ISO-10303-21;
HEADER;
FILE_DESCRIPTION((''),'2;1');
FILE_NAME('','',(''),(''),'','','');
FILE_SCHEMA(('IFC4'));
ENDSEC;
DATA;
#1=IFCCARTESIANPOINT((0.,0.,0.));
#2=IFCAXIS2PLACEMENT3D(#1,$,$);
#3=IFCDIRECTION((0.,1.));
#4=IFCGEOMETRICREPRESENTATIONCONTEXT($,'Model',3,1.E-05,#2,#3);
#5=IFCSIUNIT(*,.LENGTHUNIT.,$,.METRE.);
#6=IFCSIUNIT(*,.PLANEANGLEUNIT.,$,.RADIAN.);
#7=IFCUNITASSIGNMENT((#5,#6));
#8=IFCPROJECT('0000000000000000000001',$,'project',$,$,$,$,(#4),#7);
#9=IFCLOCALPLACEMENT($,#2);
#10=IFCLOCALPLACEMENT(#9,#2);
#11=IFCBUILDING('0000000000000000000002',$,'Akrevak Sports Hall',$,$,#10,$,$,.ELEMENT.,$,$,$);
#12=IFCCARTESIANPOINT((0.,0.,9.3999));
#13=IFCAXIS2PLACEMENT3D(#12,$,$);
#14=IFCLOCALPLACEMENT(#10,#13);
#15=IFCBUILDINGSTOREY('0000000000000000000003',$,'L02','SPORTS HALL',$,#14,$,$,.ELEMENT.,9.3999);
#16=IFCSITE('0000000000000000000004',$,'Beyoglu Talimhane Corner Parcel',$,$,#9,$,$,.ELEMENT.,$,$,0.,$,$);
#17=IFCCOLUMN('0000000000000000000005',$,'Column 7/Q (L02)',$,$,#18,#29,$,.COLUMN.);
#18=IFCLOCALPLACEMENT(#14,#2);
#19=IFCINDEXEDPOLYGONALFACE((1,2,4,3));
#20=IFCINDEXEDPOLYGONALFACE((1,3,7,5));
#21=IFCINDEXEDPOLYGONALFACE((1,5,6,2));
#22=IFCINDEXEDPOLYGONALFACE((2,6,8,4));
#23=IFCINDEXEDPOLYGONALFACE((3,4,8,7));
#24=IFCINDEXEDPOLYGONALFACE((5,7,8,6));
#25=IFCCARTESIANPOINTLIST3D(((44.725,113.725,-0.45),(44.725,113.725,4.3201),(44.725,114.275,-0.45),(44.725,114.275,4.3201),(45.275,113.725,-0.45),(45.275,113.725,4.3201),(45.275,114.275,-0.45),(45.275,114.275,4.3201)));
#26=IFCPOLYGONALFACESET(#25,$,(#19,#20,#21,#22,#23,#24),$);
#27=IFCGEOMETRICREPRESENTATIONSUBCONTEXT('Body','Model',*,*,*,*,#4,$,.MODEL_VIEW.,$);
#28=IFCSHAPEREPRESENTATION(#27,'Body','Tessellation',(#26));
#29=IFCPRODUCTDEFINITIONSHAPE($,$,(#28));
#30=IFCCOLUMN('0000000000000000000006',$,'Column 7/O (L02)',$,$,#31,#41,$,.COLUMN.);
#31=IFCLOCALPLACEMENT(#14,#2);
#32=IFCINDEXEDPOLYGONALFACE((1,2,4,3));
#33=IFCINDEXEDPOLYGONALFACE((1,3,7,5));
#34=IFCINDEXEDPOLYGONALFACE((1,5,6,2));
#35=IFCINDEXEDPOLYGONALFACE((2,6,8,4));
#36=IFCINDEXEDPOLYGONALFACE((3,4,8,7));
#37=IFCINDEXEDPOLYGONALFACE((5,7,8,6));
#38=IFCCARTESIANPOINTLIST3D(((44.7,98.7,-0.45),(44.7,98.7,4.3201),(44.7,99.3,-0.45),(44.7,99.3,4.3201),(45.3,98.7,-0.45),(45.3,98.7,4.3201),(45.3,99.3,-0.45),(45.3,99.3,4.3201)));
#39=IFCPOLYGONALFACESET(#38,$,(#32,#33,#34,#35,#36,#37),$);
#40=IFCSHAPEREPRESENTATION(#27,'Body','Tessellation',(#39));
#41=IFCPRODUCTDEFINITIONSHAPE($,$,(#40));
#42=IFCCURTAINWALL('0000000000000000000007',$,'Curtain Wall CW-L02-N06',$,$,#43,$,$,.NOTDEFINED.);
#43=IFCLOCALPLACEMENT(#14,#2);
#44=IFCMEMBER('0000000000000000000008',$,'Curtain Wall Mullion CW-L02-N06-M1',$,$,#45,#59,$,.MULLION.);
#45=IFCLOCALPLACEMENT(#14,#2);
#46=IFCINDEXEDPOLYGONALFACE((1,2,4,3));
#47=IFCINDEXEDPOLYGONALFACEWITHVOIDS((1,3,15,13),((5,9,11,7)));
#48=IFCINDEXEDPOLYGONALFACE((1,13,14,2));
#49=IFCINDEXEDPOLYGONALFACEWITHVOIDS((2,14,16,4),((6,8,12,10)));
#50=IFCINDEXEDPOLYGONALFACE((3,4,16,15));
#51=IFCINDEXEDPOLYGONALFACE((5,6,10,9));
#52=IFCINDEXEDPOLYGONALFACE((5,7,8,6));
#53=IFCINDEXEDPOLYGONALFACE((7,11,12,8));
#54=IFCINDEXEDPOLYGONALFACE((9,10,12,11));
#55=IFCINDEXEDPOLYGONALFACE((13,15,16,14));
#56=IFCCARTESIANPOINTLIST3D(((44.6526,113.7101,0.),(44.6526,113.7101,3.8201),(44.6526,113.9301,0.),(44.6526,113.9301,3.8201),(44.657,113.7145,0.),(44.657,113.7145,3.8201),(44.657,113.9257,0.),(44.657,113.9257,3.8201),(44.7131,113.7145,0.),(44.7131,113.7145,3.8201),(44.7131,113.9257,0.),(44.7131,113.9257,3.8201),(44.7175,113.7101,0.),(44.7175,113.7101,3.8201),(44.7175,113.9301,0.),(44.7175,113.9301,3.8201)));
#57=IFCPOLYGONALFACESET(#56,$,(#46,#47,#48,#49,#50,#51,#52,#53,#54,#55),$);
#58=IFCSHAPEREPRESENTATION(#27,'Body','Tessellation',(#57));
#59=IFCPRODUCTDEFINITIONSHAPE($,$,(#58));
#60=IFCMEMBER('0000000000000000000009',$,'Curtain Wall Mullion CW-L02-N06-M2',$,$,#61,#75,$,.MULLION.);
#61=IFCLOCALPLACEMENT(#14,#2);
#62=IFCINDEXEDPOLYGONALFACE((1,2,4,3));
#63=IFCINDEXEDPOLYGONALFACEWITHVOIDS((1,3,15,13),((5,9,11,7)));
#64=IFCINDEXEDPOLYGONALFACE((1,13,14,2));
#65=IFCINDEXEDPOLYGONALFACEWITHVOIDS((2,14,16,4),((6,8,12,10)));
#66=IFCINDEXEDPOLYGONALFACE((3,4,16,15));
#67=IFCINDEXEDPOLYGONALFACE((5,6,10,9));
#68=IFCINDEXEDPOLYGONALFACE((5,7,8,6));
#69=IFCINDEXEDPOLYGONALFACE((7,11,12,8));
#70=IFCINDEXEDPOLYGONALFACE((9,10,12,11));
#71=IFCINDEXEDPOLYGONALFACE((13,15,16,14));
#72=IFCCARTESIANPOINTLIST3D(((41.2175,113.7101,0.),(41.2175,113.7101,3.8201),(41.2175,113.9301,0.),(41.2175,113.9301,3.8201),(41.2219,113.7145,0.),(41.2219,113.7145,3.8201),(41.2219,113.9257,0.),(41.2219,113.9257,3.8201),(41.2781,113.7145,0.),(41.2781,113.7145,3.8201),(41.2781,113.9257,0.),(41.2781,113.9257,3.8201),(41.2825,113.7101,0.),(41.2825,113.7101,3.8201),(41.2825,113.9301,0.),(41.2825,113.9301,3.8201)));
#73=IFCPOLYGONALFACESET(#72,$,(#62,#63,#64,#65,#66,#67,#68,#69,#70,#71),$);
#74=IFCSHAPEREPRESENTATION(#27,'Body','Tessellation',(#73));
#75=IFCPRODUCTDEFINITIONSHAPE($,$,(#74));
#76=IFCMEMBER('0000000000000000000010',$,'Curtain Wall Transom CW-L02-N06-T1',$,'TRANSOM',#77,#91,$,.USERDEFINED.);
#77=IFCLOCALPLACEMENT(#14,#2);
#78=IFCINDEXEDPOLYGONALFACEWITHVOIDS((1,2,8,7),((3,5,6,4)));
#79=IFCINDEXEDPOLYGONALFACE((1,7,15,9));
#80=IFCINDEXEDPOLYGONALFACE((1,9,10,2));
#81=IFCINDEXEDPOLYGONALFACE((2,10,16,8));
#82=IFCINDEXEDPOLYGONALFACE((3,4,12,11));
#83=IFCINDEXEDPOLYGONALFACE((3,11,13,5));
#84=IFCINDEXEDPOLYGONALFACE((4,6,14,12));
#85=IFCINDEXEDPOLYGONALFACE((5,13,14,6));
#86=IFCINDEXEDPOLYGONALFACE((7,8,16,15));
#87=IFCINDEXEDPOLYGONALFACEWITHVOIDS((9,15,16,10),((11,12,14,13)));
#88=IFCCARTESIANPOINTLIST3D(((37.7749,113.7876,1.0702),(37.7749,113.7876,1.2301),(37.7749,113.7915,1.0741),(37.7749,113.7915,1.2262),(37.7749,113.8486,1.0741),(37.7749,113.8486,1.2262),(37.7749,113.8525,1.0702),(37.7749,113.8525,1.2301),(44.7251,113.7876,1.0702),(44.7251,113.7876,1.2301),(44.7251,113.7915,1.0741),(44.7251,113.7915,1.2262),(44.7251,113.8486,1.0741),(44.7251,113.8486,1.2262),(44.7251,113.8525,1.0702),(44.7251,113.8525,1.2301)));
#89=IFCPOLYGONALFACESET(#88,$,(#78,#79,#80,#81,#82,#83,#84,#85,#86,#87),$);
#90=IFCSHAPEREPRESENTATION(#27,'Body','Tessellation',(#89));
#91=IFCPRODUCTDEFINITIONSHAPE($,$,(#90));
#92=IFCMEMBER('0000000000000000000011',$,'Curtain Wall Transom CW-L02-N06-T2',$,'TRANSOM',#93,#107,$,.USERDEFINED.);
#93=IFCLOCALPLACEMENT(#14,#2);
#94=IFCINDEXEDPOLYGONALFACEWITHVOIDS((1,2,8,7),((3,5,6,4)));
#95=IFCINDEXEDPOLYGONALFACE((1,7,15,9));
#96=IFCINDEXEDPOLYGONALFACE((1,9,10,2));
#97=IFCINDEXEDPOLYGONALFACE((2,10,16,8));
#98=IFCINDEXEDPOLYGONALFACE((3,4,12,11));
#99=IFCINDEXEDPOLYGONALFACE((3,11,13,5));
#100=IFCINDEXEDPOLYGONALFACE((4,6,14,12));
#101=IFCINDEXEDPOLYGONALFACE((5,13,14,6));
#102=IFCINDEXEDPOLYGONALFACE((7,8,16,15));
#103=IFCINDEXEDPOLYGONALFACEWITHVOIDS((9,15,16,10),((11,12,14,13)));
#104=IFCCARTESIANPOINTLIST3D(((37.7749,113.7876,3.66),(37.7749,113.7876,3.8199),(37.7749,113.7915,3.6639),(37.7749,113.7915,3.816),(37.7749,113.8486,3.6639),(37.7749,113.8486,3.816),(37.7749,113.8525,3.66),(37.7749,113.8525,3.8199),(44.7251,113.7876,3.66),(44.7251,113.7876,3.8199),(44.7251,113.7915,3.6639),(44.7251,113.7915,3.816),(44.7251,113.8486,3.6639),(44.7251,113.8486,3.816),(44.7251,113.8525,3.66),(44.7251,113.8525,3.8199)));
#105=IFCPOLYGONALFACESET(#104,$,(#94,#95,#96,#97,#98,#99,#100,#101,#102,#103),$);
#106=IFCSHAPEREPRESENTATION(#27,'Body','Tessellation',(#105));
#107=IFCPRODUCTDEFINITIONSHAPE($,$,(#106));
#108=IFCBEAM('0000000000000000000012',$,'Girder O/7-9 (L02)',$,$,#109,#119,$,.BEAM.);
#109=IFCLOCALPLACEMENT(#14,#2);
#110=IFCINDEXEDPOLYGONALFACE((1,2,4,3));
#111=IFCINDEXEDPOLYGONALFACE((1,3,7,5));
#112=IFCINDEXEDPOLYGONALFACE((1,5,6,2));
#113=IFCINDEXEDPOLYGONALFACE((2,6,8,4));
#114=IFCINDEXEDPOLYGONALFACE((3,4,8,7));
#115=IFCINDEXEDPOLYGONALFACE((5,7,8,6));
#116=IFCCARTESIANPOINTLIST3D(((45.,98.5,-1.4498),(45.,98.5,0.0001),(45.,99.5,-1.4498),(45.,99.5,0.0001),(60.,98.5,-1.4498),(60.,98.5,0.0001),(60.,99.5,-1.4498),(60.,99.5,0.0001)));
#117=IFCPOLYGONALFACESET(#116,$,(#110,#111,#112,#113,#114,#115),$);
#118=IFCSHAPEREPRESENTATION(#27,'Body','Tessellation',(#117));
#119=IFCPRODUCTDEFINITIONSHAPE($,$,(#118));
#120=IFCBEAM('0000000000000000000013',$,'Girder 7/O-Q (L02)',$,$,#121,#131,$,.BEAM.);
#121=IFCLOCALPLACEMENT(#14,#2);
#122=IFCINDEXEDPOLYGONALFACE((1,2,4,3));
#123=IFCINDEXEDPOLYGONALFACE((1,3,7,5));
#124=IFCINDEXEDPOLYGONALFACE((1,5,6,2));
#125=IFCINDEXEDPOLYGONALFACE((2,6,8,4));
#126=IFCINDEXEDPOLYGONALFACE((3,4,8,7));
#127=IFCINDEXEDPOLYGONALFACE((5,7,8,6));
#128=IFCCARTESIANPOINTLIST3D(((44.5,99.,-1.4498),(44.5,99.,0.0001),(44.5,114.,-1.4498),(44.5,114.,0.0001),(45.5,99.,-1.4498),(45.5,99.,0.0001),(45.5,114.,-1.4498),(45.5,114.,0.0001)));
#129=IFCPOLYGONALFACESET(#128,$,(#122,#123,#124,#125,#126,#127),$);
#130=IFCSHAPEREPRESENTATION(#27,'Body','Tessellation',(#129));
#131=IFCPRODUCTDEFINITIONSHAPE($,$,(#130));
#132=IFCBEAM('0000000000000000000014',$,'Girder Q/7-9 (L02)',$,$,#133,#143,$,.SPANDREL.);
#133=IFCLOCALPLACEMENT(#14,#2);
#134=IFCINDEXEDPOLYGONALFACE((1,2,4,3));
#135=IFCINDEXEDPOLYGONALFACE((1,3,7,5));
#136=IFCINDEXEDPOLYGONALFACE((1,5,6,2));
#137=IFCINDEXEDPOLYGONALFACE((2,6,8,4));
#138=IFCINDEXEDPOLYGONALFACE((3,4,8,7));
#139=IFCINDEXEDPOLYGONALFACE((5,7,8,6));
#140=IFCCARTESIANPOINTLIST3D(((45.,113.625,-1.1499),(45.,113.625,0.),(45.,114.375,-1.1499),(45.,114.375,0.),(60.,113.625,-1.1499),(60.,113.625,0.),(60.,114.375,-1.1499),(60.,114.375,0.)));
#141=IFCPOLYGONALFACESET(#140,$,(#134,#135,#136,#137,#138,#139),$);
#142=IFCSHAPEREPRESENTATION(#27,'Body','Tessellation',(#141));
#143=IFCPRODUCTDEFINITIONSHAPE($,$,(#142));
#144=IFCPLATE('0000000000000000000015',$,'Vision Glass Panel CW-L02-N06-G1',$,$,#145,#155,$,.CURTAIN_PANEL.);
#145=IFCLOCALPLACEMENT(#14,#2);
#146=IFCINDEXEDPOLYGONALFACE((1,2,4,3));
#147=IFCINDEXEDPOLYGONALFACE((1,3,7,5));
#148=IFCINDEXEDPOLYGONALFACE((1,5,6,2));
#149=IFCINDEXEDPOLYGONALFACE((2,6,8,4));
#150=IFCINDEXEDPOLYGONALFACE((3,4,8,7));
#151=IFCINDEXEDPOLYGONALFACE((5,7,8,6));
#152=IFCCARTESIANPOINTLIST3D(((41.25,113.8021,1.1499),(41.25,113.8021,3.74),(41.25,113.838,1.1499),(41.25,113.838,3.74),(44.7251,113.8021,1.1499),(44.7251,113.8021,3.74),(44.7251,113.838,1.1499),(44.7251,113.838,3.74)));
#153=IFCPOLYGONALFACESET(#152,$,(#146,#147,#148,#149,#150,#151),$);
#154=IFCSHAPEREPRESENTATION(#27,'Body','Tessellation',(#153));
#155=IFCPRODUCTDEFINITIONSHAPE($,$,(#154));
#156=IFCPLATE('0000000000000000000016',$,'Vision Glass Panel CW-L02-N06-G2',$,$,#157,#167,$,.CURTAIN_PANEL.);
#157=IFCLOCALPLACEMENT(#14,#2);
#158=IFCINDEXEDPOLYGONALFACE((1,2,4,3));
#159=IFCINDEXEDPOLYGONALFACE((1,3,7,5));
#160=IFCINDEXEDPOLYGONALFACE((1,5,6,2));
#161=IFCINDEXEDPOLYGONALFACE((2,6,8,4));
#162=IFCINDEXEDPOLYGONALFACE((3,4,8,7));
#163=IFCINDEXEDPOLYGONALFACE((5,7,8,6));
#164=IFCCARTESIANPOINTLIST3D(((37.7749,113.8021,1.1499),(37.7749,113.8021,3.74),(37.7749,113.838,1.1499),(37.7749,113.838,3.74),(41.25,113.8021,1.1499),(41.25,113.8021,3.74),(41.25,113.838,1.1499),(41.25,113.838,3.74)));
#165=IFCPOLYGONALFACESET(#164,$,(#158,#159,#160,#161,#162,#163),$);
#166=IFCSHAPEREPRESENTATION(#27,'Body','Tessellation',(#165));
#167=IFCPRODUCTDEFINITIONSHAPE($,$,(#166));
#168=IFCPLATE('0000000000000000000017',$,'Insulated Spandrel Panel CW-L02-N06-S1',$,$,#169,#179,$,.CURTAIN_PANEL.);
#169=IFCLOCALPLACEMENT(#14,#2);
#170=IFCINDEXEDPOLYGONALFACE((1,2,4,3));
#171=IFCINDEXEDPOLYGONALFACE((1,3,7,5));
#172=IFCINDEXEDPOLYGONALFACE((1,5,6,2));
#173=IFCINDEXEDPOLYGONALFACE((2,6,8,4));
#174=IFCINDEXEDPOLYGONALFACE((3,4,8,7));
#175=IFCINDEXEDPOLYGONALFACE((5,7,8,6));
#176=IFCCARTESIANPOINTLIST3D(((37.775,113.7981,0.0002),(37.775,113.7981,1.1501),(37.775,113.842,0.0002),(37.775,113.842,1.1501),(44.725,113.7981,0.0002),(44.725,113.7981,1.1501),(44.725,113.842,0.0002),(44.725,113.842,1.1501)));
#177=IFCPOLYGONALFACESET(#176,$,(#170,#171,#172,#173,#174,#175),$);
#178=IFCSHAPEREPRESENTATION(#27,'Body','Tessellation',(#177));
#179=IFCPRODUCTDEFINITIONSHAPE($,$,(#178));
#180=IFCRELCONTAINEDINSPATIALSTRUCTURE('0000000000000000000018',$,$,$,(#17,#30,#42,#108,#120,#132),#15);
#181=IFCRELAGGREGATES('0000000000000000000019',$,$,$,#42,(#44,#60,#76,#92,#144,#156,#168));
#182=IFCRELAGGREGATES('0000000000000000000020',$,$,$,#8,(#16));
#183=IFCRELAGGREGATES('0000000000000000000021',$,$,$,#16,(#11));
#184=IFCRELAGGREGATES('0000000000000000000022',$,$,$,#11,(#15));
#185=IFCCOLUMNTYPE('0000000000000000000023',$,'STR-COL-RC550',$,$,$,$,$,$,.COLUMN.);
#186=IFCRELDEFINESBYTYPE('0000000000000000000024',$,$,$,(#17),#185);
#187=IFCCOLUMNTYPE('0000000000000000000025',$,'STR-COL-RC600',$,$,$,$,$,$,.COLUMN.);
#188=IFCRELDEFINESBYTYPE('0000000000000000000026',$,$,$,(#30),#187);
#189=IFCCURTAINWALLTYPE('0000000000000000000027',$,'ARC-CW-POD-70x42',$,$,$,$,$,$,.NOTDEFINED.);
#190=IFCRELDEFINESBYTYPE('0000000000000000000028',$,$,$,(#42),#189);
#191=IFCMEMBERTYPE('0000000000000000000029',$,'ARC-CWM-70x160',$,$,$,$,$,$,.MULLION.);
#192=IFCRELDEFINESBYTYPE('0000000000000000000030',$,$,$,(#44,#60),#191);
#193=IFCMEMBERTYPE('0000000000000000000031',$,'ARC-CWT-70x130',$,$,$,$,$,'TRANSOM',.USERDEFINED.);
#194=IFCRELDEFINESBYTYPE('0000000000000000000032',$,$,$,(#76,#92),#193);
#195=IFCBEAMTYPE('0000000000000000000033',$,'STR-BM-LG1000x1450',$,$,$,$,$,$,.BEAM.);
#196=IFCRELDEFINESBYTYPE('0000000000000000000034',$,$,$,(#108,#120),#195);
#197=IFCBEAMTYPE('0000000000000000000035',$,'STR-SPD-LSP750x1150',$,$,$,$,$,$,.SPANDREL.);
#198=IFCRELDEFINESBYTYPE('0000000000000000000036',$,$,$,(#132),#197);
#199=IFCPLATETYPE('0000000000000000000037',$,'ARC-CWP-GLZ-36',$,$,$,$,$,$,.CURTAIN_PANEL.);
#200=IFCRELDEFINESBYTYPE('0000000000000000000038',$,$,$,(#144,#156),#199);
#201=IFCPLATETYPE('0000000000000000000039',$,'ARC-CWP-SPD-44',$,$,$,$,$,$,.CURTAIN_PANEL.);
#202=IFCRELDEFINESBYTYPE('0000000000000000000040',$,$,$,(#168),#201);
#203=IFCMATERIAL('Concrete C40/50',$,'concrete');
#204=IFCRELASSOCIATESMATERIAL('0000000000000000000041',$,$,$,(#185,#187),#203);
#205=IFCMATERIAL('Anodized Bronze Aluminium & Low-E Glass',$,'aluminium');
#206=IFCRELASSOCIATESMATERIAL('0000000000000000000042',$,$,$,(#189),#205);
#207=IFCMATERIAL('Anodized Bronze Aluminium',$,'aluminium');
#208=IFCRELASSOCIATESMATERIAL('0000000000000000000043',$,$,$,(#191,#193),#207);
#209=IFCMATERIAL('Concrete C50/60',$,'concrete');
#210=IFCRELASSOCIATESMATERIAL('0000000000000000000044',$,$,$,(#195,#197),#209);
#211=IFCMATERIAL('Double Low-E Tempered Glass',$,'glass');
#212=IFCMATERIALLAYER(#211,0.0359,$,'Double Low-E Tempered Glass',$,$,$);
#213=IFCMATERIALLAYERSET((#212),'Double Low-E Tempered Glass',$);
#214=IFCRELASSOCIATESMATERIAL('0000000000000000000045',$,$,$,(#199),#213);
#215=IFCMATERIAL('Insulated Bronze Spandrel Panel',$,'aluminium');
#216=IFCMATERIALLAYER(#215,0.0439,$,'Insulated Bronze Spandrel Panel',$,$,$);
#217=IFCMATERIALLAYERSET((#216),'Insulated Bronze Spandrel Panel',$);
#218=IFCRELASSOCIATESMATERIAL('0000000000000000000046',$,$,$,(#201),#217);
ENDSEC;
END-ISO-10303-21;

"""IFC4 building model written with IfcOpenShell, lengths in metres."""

from ifc_helpers import new_model, si_unit, direction, frame, origin, origin_2d, place, context, subcontext, project, spatial, rectangle, hollow_rectangle, extrude, material, layer, layer_set, material_profile, profile_set, type_object, element, aggregate, save


model = new_model("IFC4")

# Units and contexts
model_context = context("Model", 3, precision=1e-05, world=origin(), true_north=direction((0.0, 1.0)))
body_context = subcontext(model_context, "Body", "Model", "MODEL_VIEW")
ifc_project = project(units=[si_unit("LENGTHUNIT", "METRE"), si_unit("PLANEANGLEUNIT", "RADIAN")], contexts=[model_context])

# Site, building, storey
site_placement = place(None, origin())
site = spatial("IfcSite", under=ifc_project, at=site_placement, Name="Beyoglu Talimhane Corner Parcel", CompositionType="ELEMENT", RefElevation=0.0)
building_placement = place(site_placement, origin())
building = spatial("IfcBuilding", under=site, at=building_placement, Name="Akrevak Sports Hall", CompositionType="ELEMENT")
storey_placement = place(building_placement, frame((0.0, 0.0, 9.3999)))
storey = spatial("IfcBuildingStorey", under=building, at=storey_placement, Name="L02", Description="SPORTS HALL", CompositionType="ELEMENT", Elevation=9.3999)

# Columns
ifc_material_1 = material(Name="Concrete C40/50", Category="concrete")
ifc_material_profile_1 = material_profile(ifc_material_1, rectangle(XDim=0.55, YDim=0.55, at=origin_2d()), Name="RC 550x550", Category="concrete")
ifc_profile_set_1 = profile_set([ifc_material_profile_1], Name="Concrete C40/50")
column_type_1 = type_object("IfcColumnType", Name="STR-COL-RC550", PredefinedType="COLUMN", material=ifc_profile_set_1)
column_1_placement = place(storey_placement, frame((45.0, 114.0, -0.45), z_axis=(0.0, 0.0, 1.0), x_axis=(1.0, 0.0, 0.0)))
element("IfcColumn", 1, at=column_1_placement, inside=storey, type_object=column_type_1, Name="Column 7/Q (L02)", PredefinedType="COLUMN", context=body_context, shape_type="SweptSolid", body=[
    extrude(rectangle(XDim=0.55, YDim=0.55, at=origin_2d()), origin(), (0.0, 0.0, 1.0), 4.77),
])
ifc_material_profile_2 = material_profile(ifc_material_1, rectangle(XDim=0.6001, YDim=0.6001, at=origin_2d()), Name="RC 600x600", Category="concrete")
ifc_profile_set_2 = profile_set([ifc_material_profile_2], Name="Concrete C40/50")
column_type_2 = type_object("IfcColumnType", Name="STR-COL-RC600", PredefinedType="COLUMN", material=ifc_profile_set_2)
column_2_placement = place(storey_placement, frame((45.0, 99.0, -0.45), z_axis=(0.0, 0.0, 1.0), x_axis=(1.0, 0.0, 0.0)))
element("IfcColumn", 2, at=column_2_placement, inside=storey, type_object=column_type_2, Name="Column 7/O (L02)", PredefinedType="COLUMN", context=body_context, shape_type="SweptSolid", body=[
    extrude(rectangle(XDim=0.6001, YDim=0.6001, at=origin_2d()), origin(), (0.0, 0.0, 1.0), 4.77),
])

# Curtain wall, members
ifc_material_2 = material(Name="Anodized Bronze Aluminium & Low-E Glass", Category="aluminium")
curtain_wall_type = type_object("IfcCurtainWallType", Name="ARC-CW-POD-70x42", PredefinedType="NOTDEFINED", material=ifc_material_2)
curtain_wall_placement = place(storey_placement, origin())
curtain_wall = element("IfcCurtainWall", 3, at=curtain_wall_placement, inside=storey, type_object=curtain_wall_type, Name="Curtain Wall CW-L02-N06", PredefinedType="NOTDEFINED")
ifc_material_3 = material(Name="Anodized Bronze Aluminium", Category="aluminium")
ifc_material_profile_3 = material_profile(ifc_material_3, hollow_rectangle(XDim=0.0649, YDim=0.22, WallThickness=0.0044, at=origin_2d()), Name="CWM 65x220", Category="aluminium")
ifc_profile_set_3 = profile_set([ifc_material_profile_3], Name="Anodized Bronze Aluminium")
member_type_1 = type_object("IfcMemberType", Name="ARC-CWM-70x160", PredefinedType="MULLION", material=ifc_profile_set_3)
member_1_placement = place(storey_placement, frame((44.6851, 113.8201, 0.0), z_axis=(0.0, 0.0, 1.0), x_axis=(-1.0, 0.0, 0.0)))
member_1 = element("IfcMember", 4, at=member_1_placement, type_object=member_type_1, Name="Curtain Wall Mullion CW-L02-N06-M1", PredefinedType="MULLION", context=body_context, shape_type="SweptSolid", body=[
    extrude(hollow_rectangle(XDim=0.0649, YDim=0.22, WallThickness=0.0044, at=origin_2d()), origin(), (0.0, 0.0, 1.0), 3.8201),
])
member_2_placement = place(storey_placement, frame((41.25, 113.8201, 0.0), z_axis=(0.0, 0.0, 1.0), x_axis=(-1.0, 0.0, 0.0)))
member_2 = element("IfcMember", 5, at=member_2_placement, type_object=member_type_1, Name="Curtain Wall Mullion CW-L02-N06-M2", PredefinedType="MULLION", context=body_context, shape_type="SweptSolid", body=[
    extrude(hollow_rectangle(XDim=0.0649, YDim=0.22, WallThickness=0.0044, at=origin_2d()), origin(), (0.0, 0.0, 1.0), 3.8201),
])
ifc_material_profile_4 = material_profile(ifc_material_3, hollow_rectangle(XDim=0.0649, YDim=0.1599, WallThickness=0.0039, at=origin_2d()), Name="CWT 65x160", Category="aluminium")
ifc_profile_set_4 = profile_set([ifc_material_profile_4], Name="Anodized Bronze Aluminium")
member_type_2 = type_object("IfcMemberType", Name="ARC-CWT-70x130", ElementType="TRANSOM", PredefinedType="USERDEFINED", material=ifc_profile_set_4)
member_3_placement = place(storey_placement, frame((44.7251, 113.8201, 1.1501), z_axis=(-1.0, 0.0, 0.0), x_axis=(0.0, -1.0, 0.0)))
member_3 = element("IfcMember", 6, at=member_3_placement, type_object=member_type_2, Name="Curtain Wall Transom CW-L02-N06-T1", ObjectType="TRANSOM", PredefinedType="USERDEFINED", context=body_context, shape_type="SweptSolid", body=[
    extrude(hollow_rectangle(XDim=0.0649, YDim=0.1599, WallThickness=0.0039, at=origin_2d()), origin(), (0.0, 0.0, 1.0), 6.9502),
])
member_4_placement = place(storey_placement, frame((44.7251, 113.8201, 3.74), z_axis=(-1.0, 0.0, 0.0), x_axis=(0.0, -1.0, 0.0)))
member_4 = element("IfcMember", 7, at=member_4_placement, type_object=member_type_2, Name="Curtain Wall Transom CW-L02-N06-T2", ObjectType="TRANSOM", PredefinedType="USERDEFINED", context=body_context, shape_type="SweptSolid", body=[
    extrude(hollow_rectangle(XDim=0.0649, YDim=0.1599, WallThickness=0.0039, at=origin_2d()), origin(), (0.0, 0.0, 1.0), 6.9502),
])

# Beams
ifc_material_4 = material(Name="Concrete C50/60", Category="concrete")
ifc_material_profile_5 = material_profile(ifc_material_4, rectangle(XDim=1.0, YDim=1.45, at=origin_2d()), Name="BM 1000x1450", Category="concrete")
ifc_profile_set_5 = profile_set([ifc_material_profile_5], Name="Concrete C50/60")
beam_type_1 = type_object("IfcBeamType", Name="STR-BM-LG1000x1450", PredefinedType="BEAM", material=ifc_profile_set_5)
for number, where, z_axis, x_axis, name in (
    (8, (45.0, 99.0, -0.7249), (1.0, 0.0, 0.0), (0.0, 1.0, 0.0), "Girder O/7-9 (L02)"),
    (9, (45.0, 99.0, -0.7249), (0.0, 1.0, 0.0), (-1.0, 0.0, 0.0), "Girder 7/O-Q (L02)"),
):
    element("IfcBeam", number, at=place(storey_placement, frame(where, z_axis=z_axis, x_axis=x_axis)), inside=storey, type_object=beam_type_1, Name=name, PredefinedType="BEAM", context=body_context, shape_type="SweptSolid", body=[
        extrude(rectangle(XDim=1.0, YDim=1.45, at=origin_2d()), origin(), (0.0, 0.0, 1.0), 15.0),
    ])
ifc_material_profile_6 = material_profile(ifc_material_4, rectangle(XDim=0.75, YDim=1.1499, at=origin_2d()), Name="SPD 750x1150", Category="concrete")
ifc_profile_set_6 = profile_set([ifc_material_profile_6], Name="Concrete C50/60")
beam_type_2 = type_object("IfcBeamType", Name="STR-SPD-LSP750x1150", PredefinedType="SPANDREL", material=ifc_profile_set_6)
beam_placement = place(storey_placement, frame((45.0, 114.0, -0.575), z_axis=(1.0, 0.0, 0.0), x_axis=(0.0, 1.0, 0.0)))
element("IfcBeam", 10, at=beam_placement, inside=storey, type_object=beam_type_2, Name="Girder Q/7-9 (L02)", PredefinedType="SPANDREL", context=body_context, shape_type="SweptSolid", body=[
    extrude(rectangle(XDim=0.75, YDim=1.1499, at=origin_2d()), origin(), (0.0, 0.0, 1.0), 15.0),
])

# Plates
ifc_material_5 = material(Name="Double Low-E Tempered Glass", Category="glass")
ifc_layer_1 = layer(ifc_material_5, 0.0359, Name="Double Low-E Tempered Glass")
ifc_layer_set_1 = layer_set([ifc_layer_1], Name="Double Low-E Tempered Glass")
plate_type_1 = type_object("IfcPlateType", Name="ARC-CWP-GLZ-36", PredefinedType="CURTAIN_PANEL", material=ifc_layer_set_1)
plate_1_placement = place(storey_placement, frame((42.9875, 113.8201, 1.1499), z_axis=(0.0, 0.0, 1.0), x_axis=(-1.0, 0.0, 0.0)))
plate_1 = element("IfcPlate", 11, at=plate_1_placement, type_object=plate_type_1, Name="Vision Glass Panel CW-L02-N06-G1", PredefinedType="CURTAIN_PANEL", context=body_context, shape_type="SweptSolid", body=[
    extrude(rectangle(XDim=3.4751, YDim=0.0359, at=origin_2d()), origin(), (0.0, 0.0, 1.0), 2.5901),
])
plate_2_placement = place(storey_placement, frame((39.5125, 113.8201, 1.1499), z_axis=(0.0, 0.0, 1.0), x_axis=(-1.0, 0.0, 0.0)))
plate_2 = element("IfcPlate", 12, at=plate_2_placement, type_object=plate_type_1, Name="Vision Glass Panel CW-L02-N06-G2", PredefinedType="CURTAIN_PANEL", context=body_context, shape_type="SweptSolid", body=[
    extrude(rectangle(XDim=3.4751, YDim=0.0359, at=origin_2d()), origin(), (0.0, 0.0, 1.0), 2.5901),
])
ifc_material_6 = material(Name="Insulated Bronze Spandrel Panel", Category="aluminium")
ifc_layer_2 = layer(ifc_material_6, 0.0439, Name="Insulated Bronze Spandrel Panel")
ifc_layer_set_2 = layer_set([ifc_layer_2], Name="Insulated Bronze Spandrel Panel")
plate_type_2 = type_object("IfcPlateType", Name="ARC-CWP-SPD-44", PredefinedType="CURTAIN_PANEL", material=ifc_layer_set_2)
plate_3_placement = place(storey_placement, frame((41.25, 113.8201, 0.0002), z_axis=(0.0, 0.0, 1.0), x_axis=(-1.0, 0.0, 0.0)))
plate_3 = element("IfcPlate", 13, at=plate_3_placement, type_object=plate_type_2, Name="Insulated Spandrel Panel CW-L02-N06-S1", PredefinedType="CURTAIN_PANEL", context=body_context, shape_type="SweptSolid", body=[
    extrude(rectangle(XDim=6.95, YDim=0.0439, at=origin_2d()), origin(), (0.0, 0.0, 1.0), 1.1499),
])
aggregate(curtain_wall, [member_1, member_2, member_3, member_4, plate_1, plate_2, plate_3])

save(model, "model.ifc")
